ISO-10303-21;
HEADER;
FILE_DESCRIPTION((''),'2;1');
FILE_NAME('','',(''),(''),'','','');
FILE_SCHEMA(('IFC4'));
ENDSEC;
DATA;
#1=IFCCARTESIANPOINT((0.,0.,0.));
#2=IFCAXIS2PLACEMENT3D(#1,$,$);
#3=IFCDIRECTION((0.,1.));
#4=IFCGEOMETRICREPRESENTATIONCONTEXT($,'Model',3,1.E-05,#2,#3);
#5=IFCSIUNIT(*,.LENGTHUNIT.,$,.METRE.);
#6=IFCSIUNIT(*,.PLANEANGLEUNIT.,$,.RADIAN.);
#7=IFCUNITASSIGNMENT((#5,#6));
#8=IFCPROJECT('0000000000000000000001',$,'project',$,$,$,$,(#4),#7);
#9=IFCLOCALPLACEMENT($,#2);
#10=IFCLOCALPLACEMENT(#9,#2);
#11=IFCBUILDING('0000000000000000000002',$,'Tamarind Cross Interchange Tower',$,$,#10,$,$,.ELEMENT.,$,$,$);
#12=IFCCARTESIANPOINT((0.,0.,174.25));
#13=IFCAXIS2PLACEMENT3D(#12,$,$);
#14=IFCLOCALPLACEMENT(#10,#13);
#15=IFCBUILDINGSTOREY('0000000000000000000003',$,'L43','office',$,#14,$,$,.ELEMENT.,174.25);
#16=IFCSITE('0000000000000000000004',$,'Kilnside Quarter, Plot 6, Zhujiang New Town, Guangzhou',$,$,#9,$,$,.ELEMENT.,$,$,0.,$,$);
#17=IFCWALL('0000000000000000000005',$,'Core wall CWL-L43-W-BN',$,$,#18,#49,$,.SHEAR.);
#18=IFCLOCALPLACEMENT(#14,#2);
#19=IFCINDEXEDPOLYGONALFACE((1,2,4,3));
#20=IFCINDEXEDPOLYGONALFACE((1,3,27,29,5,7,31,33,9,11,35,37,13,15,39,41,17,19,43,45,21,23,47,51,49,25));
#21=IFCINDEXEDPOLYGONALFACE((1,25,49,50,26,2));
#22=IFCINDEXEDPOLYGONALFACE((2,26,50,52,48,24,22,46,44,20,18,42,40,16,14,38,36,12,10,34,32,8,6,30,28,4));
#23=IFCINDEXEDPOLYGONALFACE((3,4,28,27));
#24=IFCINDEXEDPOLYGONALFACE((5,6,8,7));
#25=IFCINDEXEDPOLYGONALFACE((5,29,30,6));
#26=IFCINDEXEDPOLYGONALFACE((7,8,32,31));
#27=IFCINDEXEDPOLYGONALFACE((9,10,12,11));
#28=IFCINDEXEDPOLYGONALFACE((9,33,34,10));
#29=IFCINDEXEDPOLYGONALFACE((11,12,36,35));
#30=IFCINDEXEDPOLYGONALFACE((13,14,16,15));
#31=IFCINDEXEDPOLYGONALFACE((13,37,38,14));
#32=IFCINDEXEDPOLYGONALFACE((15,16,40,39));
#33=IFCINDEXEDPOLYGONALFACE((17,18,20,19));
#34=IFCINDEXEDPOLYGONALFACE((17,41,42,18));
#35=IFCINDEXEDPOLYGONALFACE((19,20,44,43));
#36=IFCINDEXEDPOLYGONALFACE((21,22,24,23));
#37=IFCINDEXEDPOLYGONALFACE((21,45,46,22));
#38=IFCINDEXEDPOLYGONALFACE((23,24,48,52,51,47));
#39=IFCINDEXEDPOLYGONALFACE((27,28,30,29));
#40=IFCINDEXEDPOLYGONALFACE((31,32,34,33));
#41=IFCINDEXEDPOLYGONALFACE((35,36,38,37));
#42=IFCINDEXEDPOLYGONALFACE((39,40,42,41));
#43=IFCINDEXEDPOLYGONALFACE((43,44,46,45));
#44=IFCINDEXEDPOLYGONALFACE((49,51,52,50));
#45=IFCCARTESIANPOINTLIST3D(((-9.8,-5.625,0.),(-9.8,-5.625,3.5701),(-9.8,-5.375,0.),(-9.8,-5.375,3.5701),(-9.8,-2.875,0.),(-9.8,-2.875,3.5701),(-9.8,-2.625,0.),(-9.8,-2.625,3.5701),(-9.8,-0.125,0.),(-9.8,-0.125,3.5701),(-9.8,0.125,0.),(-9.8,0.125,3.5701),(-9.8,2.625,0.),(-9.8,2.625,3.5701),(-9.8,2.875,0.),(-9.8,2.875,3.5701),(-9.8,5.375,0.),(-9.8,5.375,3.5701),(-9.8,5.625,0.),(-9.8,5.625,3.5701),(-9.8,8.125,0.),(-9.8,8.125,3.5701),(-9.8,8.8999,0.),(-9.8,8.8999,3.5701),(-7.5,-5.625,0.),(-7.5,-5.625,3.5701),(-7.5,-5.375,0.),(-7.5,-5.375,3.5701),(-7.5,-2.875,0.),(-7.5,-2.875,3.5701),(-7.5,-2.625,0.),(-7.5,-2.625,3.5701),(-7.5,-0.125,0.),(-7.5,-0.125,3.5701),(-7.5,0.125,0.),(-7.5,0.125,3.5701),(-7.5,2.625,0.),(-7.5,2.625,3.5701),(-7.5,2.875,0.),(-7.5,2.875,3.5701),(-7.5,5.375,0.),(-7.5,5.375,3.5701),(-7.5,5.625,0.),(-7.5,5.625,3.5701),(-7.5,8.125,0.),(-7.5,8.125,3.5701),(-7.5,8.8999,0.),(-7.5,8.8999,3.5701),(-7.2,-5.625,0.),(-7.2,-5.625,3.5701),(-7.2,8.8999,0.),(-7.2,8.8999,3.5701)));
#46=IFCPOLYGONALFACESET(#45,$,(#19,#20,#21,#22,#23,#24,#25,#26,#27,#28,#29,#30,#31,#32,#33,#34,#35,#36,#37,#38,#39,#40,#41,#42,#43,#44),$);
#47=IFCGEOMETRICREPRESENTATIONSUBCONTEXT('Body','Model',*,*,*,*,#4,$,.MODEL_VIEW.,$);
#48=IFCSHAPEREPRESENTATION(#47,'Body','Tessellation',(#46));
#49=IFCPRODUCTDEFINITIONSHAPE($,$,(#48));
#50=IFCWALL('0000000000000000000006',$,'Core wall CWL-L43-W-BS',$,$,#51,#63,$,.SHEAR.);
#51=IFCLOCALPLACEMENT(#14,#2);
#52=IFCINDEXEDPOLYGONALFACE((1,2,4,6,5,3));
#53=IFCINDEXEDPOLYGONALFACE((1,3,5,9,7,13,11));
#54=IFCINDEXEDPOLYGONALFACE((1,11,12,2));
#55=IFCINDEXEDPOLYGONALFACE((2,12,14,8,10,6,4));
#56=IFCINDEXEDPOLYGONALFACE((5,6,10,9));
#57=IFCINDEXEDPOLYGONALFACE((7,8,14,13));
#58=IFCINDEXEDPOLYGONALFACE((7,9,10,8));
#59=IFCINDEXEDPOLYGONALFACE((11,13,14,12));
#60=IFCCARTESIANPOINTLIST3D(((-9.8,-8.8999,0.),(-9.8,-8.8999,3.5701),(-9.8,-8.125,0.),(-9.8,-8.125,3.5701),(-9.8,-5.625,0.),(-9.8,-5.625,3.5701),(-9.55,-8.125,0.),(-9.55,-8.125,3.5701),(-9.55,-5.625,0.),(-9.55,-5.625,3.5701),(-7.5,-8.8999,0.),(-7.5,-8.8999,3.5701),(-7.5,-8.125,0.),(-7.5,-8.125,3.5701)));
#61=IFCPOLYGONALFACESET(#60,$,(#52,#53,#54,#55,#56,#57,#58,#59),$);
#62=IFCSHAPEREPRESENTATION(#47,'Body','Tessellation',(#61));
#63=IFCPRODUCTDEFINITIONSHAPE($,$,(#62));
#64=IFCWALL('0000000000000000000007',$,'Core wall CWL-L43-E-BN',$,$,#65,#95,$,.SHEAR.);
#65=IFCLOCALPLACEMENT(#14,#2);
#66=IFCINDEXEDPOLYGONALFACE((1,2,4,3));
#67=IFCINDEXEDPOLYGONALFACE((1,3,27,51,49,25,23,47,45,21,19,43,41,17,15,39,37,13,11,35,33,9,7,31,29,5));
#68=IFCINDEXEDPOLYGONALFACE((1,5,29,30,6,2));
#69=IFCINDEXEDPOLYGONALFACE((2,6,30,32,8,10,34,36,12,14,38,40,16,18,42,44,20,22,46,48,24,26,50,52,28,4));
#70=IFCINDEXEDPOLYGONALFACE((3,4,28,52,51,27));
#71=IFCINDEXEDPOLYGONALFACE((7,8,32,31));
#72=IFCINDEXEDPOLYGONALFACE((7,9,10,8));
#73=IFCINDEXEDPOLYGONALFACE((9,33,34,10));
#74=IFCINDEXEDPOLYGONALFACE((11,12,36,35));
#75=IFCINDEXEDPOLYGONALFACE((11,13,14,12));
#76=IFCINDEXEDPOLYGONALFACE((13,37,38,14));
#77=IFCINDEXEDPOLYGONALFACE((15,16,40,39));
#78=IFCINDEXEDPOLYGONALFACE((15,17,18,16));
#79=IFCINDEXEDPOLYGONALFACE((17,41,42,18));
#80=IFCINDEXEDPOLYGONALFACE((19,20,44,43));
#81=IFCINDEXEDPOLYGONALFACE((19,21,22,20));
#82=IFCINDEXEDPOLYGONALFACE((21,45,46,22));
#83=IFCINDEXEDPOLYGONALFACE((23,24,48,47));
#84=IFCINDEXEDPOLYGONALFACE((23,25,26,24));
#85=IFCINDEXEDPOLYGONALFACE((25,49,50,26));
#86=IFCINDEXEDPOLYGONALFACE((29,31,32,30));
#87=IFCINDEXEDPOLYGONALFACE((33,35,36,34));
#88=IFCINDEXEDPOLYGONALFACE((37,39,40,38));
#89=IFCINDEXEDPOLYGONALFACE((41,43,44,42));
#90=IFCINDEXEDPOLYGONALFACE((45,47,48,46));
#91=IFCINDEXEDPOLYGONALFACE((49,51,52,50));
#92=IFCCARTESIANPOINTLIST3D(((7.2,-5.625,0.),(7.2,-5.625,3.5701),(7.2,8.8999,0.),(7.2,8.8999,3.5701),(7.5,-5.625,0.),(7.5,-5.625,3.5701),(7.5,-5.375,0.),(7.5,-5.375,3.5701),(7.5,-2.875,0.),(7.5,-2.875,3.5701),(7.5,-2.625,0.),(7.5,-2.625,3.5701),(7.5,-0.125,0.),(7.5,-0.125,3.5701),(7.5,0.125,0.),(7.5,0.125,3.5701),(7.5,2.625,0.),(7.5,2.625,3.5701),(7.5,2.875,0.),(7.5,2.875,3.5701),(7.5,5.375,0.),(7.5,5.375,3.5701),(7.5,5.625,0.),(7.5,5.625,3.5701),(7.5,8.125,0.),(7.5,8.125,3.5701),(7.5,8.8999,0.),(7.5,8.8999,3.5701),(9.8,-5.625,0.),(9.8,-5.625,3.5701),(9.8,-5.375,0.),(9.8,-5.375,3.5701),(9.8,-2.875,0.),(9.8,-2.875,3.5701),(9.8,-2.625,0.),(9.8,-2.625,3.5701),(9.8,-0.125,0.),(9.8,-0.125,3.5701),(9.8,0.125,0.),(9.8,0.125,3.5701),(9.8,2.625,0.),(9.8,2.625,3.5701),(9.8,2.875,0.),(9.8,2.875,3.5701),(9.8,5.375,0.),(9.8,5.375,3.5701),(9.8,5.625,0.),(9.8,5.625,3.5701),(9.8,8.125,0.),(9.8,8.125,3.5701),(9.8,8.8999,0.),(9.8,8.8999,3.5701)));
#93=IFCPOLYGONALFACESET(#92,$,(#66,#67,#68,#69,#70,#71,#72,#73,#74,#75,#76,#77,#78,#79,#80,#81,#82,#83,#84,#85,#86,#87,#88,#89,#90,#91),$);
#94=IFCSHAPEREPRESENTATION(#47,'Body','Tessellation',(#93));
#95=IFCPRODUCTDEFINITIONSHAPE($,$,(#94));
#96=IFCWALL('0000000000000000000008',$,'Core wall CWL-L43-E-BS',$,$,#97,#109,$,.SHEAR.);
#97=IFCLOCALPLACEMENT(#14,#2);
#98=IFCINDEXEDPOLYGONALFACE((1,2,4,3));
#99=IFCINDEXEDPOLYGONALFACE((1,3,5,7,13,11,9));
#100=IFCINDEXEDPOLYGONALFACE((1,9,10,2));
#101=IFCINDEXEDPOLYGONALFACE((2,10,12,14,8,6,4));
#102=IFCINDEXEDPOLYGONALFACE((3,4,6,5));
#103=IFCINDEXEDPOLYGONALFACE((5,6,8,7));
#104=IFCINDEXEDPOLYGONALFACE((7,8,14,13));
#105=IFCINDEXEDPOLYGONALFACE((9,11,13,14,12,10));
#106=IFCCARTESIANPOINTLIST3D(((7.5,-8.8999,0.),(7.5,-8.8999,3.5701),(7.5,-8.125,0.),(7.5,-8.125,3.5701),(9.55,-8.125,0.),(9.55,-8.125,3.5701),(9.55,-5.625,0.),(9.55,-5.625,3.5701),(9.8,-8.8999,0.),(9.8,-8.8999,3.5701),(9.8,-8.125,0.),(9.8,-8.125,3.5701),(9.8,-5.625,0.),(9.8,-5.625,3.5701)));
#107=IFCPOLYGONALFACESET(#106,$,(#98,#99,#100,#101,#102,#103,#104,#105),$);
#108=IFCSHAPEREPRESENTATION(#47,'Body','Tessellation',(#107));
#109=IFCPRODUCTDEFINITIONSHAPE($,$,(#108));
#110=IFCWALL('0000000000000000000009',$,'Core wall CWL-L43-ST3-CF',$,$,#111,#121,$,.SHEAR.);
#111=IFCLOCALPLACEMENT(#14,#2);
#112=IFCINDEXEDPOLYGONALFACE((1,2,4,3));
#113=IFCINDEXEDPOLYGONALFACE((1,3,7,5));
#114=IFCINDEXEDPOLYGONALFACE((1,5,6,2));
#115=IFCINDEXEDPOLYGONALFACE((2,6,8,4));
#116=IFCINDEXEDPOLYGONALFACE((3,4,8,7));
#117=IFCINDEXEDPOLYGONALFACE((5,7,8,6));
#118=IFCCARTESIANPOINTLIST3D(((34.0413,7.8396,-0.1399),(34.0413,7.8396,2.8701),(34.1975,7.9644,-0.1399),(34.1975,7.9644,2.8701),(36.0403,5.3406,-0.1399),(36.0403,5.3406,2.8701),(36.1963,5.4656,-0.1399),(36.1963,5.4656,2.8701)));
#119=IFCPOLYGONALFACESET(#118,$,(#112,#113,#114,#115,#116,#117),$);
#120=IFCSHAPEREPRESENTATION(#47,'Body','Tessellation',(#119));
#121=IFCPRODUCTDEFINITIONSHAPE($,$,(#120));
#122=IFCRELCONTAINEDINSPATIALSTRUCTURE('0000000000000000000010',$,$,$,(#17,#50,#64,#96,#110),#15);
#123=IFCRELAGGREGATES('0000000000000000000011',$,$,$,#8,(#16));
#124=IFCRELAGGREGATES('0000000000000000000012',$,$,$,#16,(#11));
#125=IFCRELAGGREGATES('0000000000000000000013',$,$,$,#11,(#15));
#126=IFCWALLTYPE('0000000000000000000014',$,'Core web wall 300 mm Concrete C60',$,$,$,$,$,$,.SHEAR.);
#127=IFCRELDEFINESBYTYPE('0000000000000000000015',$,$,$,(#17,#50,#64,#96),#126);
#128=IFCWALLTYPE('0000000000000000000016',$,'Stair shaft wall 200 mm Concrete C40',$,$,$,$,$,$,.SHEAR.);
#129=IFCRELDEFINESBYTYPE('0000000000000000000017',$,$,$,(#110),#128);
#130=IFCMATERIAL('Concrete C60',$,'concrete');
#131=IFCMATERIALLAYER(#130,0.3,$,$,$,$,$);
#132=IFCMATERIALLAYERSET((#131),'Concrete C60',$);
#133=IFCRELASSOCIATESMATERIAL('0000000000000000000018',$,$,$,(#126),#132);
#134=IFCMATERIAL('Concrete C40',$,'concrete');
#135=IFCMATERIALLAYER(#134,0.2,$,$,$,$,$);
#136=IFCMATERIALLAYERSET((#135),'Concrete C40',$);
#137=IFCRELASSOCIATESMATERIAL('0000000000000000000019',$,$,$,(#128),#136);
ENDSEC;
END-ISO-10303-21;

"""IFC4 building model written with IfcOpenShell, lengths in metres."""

from ifc_helpers import new_model, si_unit, direction, frame, origin, place, context, subcontext, project, spatial, polyline, outline, extrude, material, layer, layer_set, type_object, element, save


model = new_model("IFC4")

# Units and contexts
model_context = context("Model", 3, precision=1e-05, world=origin(), true_north=direction((0.0, 1.0)))
body_context = subcontext(model_context, "Body", "Model", "MODEL_VIEW")
ifc_project = project(units=[si_unit("LENGTHUNIT", "METRE"), si_unit("PLANEANGLEUNIT", "RADIAN")], contexts=[model_context])

# Site, building, storey
site_placement = place(None, origin())
site = spatial("IfcSite", under=ifc_project, at=site_placement, Name="Kilnside Quarter, Plot 6, Zhujiang New Town, Guangzhou", CompositionType="ELEMENT", RefElevation=0.0)
building_placement = place(site_placement, origin())
building = spatial("IfcBuilding", under=site, at=building_placement, Name="Tamarind Cross Interchange Tower", CompositionType="ELEMENT")
storey_placement = place(building_placement, frame((0.0, 0.0, 174.25)))
storey = spatial("IfcBuildingStorey", under=building, at=storey_placement, Name="L43", Description="office", CompositionType="ELEMENT", Elevation=174.25)

# Shared definitions
ifc_material_1 = material(Name="Concrete C40", Category="concrete")

# Walls
ifc_material_2 = material(Name="Concrete C60", Category="concrete")
ifc_layer_1 = layer(ifc_material_2, 0.3)
ifc_layer_set_1 = layer_set([ifc_layer_1], Name="Concrete C60")
wall_type_1 = type_object("IfcWallType", Name="Core web wall 300 mm Concrete C60", PredefinedType="SHEAR", material=ifc_layer_set_1)
wall_1_placement = place(storey_placement, origin())
element("IfcWall", 1, at=wall_1_placement, inside=storey, type_object=wall_type_1, Name="Core wall CWL-L43-W-BN", PredefinedType="SHEAR", context=body_context, shape_type="SweptSolid", body=[
    extrude(outline(polyline([(-9.8, -5.375), (-9.8, -5.625), (-7.5, -5.625), (-7.2, -5.625), (-7.2, 8.8999), (-7.5, 8.8999), (-9.8, 8.8999), (-9.8, 8.125), (-7.5, 8.125), (-7.5, 5.625), (-9.8, 5.625), (-9.8, 5.375), (-7.5, 5.375), (-7.5, 2.875), (-9.8, 2.875), (-9.8, 2.625), (-7.5, 2.625), (-7.5, 0.125), (-9.8, 0.125), (-9.8, -0.125), (-7.5, -0.125), (-7.5, -2.625), (-9.8, -2.625), (-9.8, -2.875), (-7.5, -2.875), (-7.5, -5.375), (-9.8, -5.375)])), origin(), (0.0, 0.0, 1.0), 3.5701),
])
wall_2_placement = place(storey_placement, origin())
element("IfcWall", 2, at=wall_2_placement, inside=storey, type_object=wall_type_1, Name="Core wall CWL-L43-W-BS", PredefinedType="SHEAR", context=body_context, shape_type="SweptSolid", body=[
    extrude(outline(polyline([(-7.5, -8.125), (-9.55, -8.125), (-9.55, -5.625), (-9.8, -5.625), (-9.8, -8.125), (-9.8, -8.8999), (-7.5, -8.8999), (-7.5, -8.125)])), origin(), (0.0, 0.0, 1.0), 3.5701),
])
wall_3_placement = place(storey_placement, origin())
element("IfcWall", 3, at=wall_3_placement, inside=storey, type_object=wall_type_1, Name="Core wall CWL-L43-E-BN", PredefinedType="SHEAR", context=body_context, shape_type="SweptSolid", body=[
    extrude(outline(polyline([(9.8, -5.375), (7.5, -5.375), (7.5, -2.875), (9.8, -2.875), (9.8, -2.625), (7.5, -2.625), (7.5, -0.125), (9.8, -0.125), (9.8, 0.125), (7.5, 0.125), (7.5, 2.625), (9.8, 2.625), (9.8, 2.875), (7.5, 2.875), (7.5, 5.375), (9.8, 5.375), (9.8, 5.625), (7.5, 5.625), (7.5, 8.125), (9.8, 8.125), (9.8, 8.8999), (7.5, 8.8999), (7.2, 8.8999), (7.2, -5.625), (7.5, -5.625), (9.8, -5.625), (9.8, -5.375)])), origin(), (0.0, 0.0, 1.0), 3.5701),
])
wall_4_placement = place(storey_placement, origin())
element("IfcWall", 4, at=wall_4_placement, inside=storey, type_object=wall_type_1, Name="Core wall CWL-L43-E-BS", PredefinedType="SHEAR", context=body_context, shape_type="SweptSolid", body=[
    extrude(outline(polyline([(7.5, -8.125), (7.5, -8.8999), (9.8, -8.8999), (9.8, -8.125), (9.8, -5.625), (9.55, -5.625), (9.55, -8.125), (7.5, -8.125)])), origin(), (0.0, 0.0, 1.0), 3.5701),
])
ifc_layer_2 = layer(ifc_material_1, 0.2)
ifc_layer_set_2 = layer_set([ifc_layer_2], Name="Concrete C40")
wall_type_2 = type_object("IfcWallType", Name="Stair shaft wall 200 mm Concrete C40", PredefinedType="SHEAR", material=ifc_layer_set_2)
wall_5_placement = place(storey_placement, frame((0.0, 0.0, -0.1399)))
element("IfcWall", 5, at=wall_5_placement, inside=storey, type_object=wall_type_2, Name="Core wall CWL-L43-ST3-CF", PredefinedType="SHEAR", context=body_context, shape_type="SweptSolid", body=[
    extrude(outline(polyline([(36.0403, 5.3406), (36.1963, 5.4656), (34.1975, 7.9644), (34.0413, 7.8396), (36.0403, 5.3406)])), origin(), (0.0, 0.0, 1.0), 3.01),
])

save(model, "model.ifc")
